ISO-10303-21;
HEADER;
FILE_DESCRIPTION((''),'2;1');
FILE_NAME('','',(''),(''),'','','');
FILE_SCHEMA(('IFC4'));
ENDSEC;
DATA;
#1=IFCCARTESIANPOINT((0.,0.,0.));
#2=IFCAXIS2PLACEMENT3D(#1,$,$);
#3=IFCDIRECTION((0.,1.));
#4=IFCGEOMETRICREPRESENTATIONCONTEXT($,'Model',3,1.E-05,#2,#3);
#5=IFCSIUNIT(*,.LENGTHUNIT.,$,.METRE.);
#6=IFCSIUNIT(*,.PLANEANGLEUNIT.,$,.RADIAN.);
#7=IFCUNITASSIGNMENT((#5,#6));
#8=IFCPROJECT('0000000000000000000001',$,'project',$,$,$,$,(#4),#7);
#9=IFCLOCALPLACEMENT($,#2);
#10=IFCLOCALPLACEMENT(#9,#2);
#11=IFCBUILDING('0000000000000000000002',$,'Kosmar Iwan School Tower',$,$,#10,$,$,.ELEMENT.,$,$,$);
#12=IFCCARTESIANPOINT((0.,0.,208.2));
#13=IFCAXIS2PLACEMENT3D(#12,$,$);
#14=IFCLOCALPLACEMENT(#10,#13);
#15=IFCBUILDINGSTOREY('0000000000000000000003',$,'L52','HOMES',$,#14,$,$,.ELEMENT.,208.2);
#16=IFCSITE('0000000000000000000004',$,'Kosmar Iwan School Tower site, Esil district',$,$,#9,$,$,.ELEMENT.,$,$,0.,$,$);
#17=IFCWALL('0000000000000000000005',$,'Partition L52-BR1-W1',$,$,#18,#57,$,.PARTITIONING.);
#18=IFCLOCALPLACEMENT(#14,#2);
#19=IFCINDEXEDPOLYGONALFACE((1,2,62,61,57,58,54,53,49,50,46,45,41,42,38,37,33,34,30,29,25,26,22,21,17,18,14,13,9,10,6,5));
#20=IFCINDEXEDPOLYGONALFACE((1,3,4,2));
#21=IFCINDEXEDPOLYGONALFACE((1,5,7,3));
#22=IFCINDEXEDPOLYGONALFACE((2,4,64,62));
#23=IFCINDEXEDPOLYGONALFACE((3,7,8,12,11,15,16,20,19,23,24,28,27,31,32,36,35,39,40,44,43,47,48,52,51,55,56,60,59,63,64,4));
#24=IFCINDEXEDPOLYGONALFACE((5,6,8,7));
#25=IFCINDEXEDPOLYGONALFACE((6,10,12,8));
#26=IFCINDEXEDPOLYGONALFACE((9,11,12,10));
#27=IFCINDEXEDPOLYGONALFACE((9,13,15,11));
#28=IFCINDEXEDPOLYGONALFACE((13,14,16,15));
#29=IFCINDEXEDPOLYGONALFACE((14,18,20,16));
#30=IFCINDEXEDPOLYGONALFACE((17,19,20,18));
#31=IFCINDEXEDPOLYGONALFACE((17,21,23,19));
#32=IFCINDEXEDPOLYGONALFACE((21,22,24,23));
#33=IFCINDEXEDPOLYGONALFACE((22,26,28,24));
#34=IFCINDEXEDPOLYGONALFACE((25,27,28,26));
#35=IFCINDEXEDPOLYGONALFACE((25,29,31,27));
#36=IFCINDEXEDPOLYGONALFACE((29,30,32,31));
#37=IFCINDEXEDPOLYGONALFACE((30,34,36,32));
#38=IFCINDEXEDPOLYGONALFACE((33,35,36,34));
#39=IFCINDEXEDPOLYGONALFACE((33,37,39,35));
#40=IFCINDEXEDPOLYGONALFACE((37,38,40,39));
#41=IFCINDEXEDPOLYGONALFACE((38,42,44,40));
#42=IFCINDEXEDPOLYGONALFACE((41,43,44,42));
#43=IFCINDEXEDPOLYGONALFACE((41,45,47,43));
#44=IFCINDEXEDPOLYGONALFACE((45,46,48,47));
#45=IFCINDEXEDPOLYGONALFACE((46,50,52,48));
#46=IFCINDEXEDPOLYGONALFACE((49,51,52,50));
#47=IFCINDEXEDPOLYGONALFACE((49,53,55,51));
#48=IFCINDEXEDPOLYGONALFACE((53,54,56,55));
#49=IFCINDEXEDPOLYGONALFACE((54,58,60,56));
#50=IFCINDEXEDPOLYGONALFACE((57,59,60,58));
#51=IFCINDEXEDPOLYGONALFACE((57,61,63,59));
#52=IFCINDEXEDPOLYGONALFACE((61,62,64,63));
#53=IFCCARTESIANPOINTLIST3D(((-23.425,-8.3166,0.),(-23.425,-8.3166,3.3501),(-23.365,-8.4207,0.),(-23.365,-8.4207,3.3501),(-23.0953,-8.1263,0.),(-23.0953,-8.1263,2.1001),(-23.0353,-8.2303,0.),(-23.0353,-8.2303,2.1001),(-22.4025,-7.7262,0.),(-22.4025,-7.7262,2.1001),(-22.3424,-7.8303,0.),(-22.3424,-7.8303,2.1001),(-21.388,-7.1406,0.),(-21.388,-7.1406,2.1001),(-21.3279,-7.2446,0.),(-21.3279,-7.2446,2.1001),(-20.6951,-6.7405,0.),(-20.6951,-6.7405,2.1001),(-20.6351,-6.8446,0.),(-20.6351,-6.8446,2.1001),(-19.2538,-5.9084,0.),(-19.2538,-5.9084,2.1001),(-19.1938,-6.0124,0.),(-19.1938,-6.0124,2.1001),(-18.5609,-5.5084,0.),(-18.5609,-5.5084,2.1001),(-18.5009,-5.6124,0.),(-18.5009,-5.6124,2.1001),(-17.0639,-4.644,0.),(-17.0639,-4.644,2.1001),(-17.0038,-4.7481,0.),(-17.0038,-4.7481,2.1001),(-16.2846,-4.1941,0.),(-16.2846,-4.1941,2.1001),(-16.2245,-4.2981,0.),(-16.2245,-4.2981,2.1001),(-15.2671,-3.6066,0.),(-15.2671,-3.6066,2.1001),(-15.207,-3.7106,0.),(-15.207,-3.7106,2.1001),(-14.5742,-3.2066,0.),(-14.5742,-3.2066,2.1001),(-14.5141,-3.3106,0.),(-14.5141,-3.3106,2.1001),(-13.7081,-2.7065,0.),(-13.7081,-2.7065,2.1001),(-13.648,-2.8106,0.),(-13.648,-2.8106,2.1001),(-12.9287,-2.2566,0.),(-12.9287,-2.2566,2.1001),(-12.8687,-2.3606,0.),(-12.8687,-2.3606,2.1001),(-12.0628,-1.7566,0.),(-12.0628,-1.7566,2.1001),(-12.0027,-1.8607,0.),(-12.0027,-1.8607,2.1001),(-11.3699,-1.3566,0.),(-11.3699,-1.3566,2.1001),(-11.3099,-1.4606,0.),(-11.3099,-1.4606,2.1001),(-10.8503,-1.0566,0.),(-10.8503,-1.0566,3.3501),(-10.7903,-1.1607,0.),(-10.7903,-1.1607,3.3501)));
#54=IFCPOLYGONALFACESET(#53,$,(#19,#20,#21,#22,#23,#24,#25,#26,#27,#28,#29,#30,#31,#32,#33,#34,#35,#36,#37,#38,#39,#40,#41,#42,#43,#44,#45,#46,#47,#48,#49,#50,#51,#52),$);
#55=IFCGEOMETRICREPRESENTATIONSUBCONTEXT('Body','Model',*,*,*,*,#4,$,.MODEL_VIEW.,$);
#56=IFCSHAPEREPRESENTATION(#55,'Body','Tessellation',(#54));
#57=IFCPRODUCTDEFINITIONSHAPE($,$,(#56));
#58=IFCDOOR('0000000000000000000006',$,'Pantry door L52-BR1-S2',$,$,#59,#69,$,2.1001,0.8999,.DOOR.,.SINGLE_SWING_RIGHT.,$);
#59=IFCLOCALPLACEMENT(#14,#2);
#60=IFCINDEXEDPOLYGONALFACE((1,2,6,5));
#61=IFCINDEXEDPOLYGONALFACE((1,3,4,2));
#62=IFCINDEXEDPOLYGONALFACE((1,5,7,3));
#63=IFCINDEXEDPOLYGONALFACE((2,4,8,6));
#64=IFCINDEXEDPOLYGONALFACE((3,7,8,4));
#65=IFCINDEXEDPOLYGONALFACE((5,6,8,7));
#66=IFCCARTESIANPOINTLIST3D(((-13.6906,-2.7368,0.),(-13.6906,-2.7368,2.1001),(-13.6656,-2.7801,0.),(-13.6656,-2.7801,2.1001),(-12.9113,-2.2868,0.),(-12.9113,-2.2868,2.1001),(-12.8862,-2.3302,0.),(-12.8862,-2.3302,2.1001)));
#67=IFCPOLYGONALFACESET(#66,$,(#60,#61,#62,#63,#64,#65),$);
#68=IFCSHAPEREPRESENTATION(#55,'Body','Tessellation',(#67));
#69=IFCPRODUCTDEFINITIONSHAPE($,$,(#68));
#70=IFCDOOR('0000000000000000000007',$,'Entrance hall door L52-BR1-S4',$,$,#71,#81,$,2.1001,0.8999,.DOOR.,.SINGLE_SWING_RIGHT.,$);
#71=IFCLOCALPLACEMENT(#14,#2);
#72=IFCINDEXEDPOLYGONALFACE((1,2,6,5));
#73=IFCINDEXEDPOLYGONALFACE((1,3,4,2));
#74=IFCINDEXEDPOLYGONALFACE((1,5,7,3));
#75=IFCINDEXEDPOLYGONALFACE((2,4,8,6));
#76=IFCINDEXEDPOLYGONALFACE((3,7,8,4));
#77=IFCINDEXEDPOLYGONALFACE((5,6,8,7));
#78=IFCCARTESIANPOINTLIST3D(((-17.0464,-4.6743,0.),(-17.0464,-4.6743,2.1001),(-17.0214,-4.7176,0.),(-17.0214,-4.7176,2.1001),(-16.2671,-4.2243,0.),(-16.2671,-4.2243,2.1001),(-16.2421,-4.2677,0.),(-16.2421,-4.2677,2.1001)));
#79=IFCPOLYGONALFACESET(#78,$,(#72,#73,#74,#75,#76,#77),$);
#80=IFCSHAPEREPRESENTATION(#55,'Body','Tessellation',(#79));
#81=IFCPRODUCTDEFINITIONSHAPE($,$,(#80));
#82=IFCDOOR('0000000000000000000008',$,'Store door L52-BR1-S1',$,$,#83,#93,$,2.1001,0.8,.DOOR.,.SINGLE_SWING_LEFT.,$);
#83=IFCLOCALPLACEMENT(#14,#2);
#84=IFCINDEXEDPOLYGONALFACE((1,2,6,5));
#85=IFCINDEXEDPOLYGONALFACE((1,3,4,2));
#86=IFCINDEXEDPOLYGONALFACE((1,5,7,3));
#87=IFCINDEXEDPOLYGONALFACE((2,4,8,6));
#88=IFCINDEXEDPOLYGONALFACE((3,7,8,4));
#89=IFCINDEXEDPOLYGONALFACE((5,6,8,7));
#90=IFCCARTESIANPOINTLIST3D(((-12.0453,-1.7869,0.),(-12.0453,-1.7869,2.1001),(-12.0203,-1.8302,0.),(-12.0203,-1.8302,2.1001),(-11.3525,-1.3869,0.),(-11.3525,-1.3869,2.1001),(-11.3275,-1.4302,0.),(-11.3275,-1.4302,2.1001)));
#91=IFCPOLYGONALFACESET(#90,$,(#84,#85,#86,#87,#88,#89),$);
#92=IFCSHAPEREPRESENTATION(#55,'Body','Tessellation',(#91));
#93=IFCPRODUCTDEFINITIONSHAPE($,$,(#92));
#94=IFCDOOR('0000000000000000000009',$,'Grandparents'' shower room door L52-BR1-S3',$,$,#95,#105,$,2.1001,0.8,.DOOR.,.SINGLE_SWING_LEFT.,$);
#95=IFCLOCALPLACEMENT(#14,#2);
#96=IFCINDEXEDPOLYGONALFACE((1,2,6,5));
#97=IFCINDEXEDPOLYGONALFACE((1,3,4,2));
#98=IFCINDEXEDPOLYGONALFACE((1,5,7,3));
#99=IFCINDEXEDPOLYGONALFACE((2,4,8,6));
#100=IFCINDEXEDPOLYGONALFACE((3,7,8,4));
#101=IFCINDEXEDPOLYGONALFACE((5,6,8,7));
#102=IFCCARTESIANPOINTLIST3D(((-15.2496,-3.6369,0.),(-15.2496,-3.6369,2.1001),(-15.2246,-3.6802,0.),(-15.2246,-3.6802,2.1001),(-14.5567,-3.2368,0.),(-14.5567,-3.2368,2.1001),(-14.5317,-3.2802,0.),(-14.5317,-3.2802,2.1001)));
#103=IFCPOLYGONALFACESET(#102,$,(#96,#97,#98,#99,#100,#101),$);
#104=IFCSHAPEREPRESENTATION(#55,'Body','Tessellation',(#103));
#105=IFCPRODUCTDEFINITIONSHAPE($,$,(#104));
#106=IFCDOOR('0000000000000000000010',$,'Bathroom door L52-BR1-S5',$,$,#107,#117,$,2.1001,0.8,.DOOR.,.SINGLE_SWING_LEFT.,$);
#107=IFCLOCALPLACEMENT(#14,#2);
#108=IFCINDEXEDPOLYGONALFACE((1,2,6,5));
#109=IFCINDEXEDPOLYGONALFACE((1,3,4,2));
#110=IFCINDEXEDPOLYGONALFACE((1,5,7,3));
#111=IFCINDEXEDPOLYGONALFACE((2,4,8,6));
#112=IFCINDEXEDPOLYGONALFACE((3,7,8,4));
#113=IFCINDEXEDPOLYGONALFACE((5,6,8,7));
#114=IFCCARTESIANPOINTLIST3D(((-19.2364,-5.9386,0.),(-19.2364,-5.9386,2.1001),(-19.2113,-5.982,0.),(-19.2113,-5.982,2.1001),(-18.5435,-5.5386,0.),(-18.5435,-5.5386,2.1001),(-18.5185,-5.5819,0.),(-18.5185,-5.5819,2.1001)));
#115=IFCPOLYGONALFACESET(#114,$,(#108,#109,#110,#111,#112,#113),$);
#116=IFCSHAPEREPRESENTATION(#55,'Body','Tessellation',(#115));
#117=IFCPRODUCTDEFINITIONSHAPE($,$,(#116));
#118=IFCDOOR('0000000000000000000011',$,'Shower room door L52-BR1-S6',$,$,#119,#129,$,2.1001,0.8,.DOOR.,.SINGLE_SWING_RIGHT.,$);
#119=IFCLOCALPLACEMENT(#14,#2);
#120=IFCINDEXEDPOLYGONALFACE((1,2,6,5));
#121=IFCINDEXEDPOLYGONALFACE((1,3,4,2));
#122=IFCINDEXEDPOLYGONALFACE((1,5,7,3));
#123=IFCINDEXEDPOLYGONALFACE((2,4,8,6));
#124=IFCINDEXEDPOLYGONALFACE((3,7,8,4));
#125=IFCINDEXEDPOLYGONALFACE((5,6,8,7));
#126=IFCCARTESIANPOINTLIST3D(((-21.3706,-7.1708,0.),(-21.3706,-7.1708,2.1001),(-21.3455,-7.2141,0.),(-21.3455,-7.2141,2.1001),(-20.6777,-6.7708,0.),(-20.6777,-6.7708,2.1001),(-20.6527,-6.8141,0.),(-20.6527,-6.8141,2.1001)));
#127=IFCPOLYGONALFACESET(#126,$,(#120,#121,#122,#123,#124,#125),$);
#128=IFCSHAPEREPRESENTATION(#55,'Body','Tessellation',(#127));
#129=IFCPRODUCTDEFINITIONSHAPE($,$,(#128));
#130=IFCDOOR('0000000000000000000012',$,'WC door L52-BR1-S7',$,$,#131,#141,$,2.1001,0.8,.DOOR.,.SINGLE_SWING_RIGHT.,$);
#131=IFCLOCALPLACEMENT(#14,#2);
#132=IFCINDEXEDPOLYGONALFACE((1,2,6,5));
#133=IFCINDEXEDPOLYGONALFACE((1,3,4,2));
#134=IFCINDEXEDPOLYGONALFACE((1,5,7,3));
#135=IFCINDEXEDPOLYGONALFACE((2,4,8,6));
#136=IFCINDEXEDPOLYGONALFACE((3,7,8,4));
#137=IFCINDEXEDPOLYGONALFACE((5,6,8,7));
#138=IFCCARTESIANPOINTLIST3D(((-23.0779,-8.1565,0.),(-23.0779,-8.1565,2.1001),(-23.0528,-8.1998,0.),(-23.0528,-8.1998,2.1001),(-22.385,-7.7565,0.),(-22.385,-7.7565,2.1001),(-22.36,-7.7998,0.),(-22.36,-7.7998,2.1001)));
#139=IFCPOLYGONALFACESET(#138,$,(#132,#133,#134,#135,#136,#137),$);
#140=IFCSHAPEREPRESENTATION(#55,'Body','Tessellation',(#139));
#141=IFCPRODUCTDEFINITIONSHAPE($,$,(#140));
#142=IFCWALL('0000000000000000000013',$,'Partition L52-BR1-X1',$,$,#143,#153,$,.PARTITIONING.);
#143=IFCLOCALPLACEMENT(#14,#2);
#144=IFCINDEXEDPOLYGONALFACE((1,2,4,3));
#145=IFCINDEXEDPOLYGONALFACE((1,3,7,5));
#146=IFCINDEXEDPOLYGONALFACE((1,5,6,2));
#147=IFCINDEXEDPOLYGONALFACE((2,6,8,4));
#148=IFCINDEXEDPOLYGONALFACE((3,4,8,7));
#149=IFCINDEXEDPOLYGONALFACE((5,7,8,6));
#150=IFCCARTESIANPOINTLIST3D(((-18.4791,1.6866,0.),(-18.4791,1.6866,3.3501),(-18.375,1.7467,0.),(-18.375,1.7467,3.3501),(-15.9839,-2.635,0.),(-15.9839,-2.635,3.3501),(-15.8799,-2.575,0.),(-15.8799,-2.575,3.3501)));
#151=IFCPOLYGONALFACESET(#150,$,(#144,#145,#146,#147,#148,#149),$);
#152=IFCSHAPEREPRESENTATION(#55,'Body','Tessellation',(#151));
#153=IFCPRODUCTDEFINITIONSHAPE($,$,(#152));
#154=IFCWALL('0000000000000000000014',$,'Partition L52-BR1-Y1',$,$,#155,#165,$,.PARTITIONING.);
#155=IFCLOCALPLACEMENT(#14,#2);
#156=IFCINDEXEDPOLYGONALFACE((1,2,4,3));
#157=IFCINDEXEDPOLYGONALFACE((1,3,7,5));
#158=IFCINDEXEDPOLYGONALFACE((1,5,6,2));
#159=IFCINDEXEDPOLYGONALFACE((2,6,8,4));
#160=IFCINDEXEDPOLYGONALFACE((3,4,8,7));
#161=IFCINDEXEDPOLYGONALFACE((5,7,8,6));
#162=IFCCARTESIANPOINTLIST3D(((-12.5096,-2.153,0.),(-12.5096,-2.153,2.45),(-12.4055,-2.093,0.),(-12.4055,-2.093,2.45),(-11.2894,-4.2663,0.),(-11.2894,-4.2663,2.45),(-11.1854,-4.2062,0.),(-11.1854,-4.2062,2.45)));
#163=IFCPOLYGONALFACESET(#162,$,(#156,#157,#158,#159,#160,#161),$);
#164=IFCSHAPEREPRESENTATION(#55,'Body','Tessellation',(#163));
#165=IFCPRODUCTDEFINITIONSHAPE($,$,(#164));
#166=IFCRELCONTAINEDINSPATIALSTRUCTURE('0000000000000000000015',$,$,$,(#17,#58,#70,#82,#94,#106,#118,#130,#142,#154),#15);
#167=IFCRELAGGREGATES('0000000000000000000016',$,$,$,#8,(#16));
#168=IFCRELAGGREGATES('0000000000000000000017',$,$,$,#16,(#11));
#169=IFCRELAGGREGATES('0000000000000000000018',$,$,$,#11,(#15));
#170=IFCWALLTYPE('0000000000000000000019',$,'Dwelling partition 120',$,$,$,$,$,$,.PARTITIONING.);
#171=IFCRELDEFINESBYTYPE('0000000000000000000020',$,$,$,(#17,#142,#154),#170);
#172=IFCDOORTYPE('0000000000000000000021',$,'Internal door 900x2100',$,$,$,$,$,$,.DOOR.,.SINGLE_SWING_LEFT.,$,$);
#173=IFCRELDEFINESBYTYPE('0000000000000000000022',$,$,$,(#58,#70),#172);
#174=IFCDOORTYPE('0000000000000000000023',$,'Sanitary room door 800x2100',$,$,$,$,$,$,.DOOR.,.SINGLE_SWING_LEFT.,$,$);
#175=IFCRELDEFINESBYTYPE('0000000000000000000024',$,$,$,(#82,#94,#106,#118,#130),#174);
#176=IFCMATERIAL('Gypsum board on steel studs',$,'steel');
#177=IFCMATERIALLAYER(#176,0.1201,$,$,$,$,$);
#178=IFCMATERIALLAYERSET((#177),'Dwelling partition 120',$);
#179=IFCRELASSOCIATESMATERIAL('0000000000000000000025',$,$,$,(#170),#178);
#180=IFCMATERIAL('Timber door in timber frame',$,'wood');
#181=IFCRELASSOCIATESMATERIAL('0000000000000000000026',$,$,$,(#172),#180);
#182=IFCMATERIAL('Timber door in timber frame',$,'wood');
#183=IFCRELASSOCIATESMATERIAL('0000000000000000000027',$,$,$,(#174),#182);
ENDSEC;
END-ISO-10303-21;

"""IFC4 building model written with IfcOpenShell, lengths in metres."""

from ifc_helpers import new_model, si_unit, direction, frame, frame_2d, origin, place, context, subcontext, project, spatial, rectangle, extrude, material, layer, layer_set, type_object, element, fill, save


model = new_model("IFC4")

# Units and contexts
model_context = context("Model", 3, precision=1e-05, world=origin(), true_north=direction((0.0, 1.0)))
body_context = subcontext(model_context, "Body", "Model", "MODEL_VIEW")
ifc_project = project(units=[si_unit("LENGTHUNIT", "METRE"), si_unit("PLANEANGLEUNIT", "RADIAN")], contexts=[model_context])

# Site, building, storey
site_placement = place(None, origin())
site = spatial("IfcSite", under=ifc_project, at=site_placement, Name="Kosmar Iwan School Tower site, Esil district", CompositionType="ELEMENT", RefElevation=0.0)
building_placement = place(site_placement, origin())
building = spatial("IfcBuilding", under=site, at=building_placement, Name="Kosmar Iwan School Tower", CompositionType="ELEMENT")
storey_placement = place(building_placement, frame((0.0, 0.0, 208.2)))
storey = spatial("IfcBuildingStorey", under=building, at=storey_placement, Name="L52", Description="HOMES", CompositionType="ELEMENT", Elevation=208.2)

# Shared definitions
ifc_material_1 = material(Name="Gypsum board on steel studs", Category="steel")
ifc_layer_1 = layer(ifc_material_1, 0.1201)
ifc_layer_set_1 = layer_set([ifc_layer_1], Name="Dwelling partition 120")
wall_type_1 = type_object("IfcWallType", Name="Dwelling partition 120", PredefinedType="PARTITIONING", material=ifc_layer_set_1)

# Wall, openings, doors
wall_1_placement = place(storey_placement, frame((-10.8203, -1.1086, 0.0), z_axis=(0.0, 0.0, 1.0), x_axis=(-0.866025, -0.5, 0.0)))
wall_1 = element("IfcWall", 1, at=wall_1_placement, inside=storey, type_object=wall_type_1, Name="Partition L52-BR1-W1", PredefinedType="PARTITIONING", context=body_context, shape_type="SweptSolid", body=[
    extrude(rectangle(XDim=14.52, YDim=0.1201, at=frame_2d((7.26, 0.0))), origin(), (0.0, 0.0, 1.0), 3.3501),
])
opening_1_placement = place(wall_1_placement, frame((0.6001, 0.0, 0.0)))
opening_1 = element("IfcOpeningElement", 2, at=opening_1_placement, cuts=wall_1, PredefinedType="OPENING", context=body_context, shape_type="SweptSolid", body=[
    extrude(rectangle(XDim=0.8, YDim=2.1001, at=frame_2d((0.3999, 1.05))), frame((0.0, 0.072, 0.0), z_axis=(0.0, -1.0, 0.0), x_axis=(1.0, 0.0, 0.0)), (0.0, 0.0, 1.0), 0.144),
])
opening_2_placement = place(wall_1_placement, frame((2.3999, 0.0, 0.0)))
opening_2 = element("IfcOpeningElement", 3, at=opening_2_placement, cuts=wall_1, PredefinedType="OPENING", context=body_context, shape_type="SweptSolid", body=[
    extrude(rectangle(XDim=0.8999, YDim=2.1001, at=frame_2d((0.45, 1.05))), frame((0.0, 0.072, 0.0), z_axis=(0.0, -1.0, 0.0), x_axis=(1.0, 0.0, 0.0)), (0.0, 0.0, 1.0), 0.144),
])
opening_3_placement = place(wall_1_placement, frame((4.3, 0.0, 0.0)))
opening_3 = element("IfcOpeningElement", 4, at=opening_3_placement, cuts=wall_1, PredefinedType="OPENING", context=body_context, shape_type="SweptSolid", body=[
    extrude(rectangle(XDim=0.8, YDim=2.1001, at=frame_2d((0.3999, 1.05))), frame((0.0, 0.072, 0.0), z_axis=(0.0, -1.0, 0.0), x_axis=(1.0, 0.0, 0.0)), (0.0, 0.0, 1.0), 0.144),
])
opening_4_placement = place(wall_1_placement, frame((6.2749, 0.0, 0.0)))
opening_4 = element("IfcOpeningElement", 5, at=opening_4_placement, cuts=wall_1, PredefinedType="OPENING", context=body_context, shape_type="SweptSolid", body=[
    extrude(rectangle(XDim=0.8999, YDim=2.1001, at=frame_2d((0.45, 1.05))), frame((0.0, 0.072, 0.0), z_axis=(0.0, -1.0, 0.0), x_axis=(1.0, 0.0, 0.0)), (0.0, 0.0, 1.0), 0.144),
])
opening_5_placement = place(wall_1_placement, frame((8.9036, 0.0, 0.0)))
opening_5 = element("IfcOpeningElement", 6, at=opening_5_placement, cuts=wall_1, PredefinedType="OPENING", context=body_context, shape_type="SweptSolid", body=[
    extrude(rectangle(XDim=0.8, YDim=2.1001, at=frame_2d((0.3999, 1.05))), frame((0.0, 0.072, 0.0), z_axis=(0.0, -1.0, 0.0), x_axis=(1.0, 0.0, 0.0)), (0.0, 0.0, 1.0), 0.144),
])
opening_6_placement = place(wall_1_placement, frame((11.3679, 0.0, 0.0)))
opening_6 = element("IfcOpeningElement", 7, at=opening_6_placement, cuts=wall_1, PredefinedType="OPENING", context=body_context, shape_type="SweptSolid", body=[
    extrude(rectangle(XDim=0.8, YDim=2.1001, at=frame_2d((0.3999, 1.05))), frame((0.0, 0.072, 0.0), z_axis=(0.0, -1.0, 0.0), x_axis=(1.0, 0.0, 0.0)), (0.0, 0.0, 1.0), 0.144),
])
opening_7_placement = place(wall_1_placement, frame((13.3394, 0.0, 0.0)))
opening_7 = element("IfcOpeningElement", 8, at=opening_7_placement, cuts=wall_1, PredefinedType="OPENING", context=body_context, shape_type="SweptSolid", body=[
    extrude(rectangle(XDim=0.8, YDim=2.1001, at=frame_2d((0.3999, 1.05))), frame((0.0, 0.072, 0.0), z_axis=(0.0, -1.0, 0.0), x_axis=(1.0, 0.0, 0.0)), (0.0, 0.0, 1.0), 0.144),
])
ifc_material_2 = material(Name="Timber door in timber frame", Category="wood")
door_type_1 = type_object("IfcDoorType", Name="Internal door 900x2100", OperationType="SINGLE_SWING_LEFT", PredefinedType="DOOR", material=ifc_material_2)
door_1_placement = place(opening_2_placement, origin())
door_1 = element("IfcDoor", 9, at=door_1_placement, inside=storey, type_object=door_type_1, Name="Pantry door L52-BR1-S2", OperationType="SINGLE_SWING_RIGHT", OverallHeight=2.1001, OverallWidth=0.8999, PredefinedType="DOOR", context=body_context, shape_type="SweptSolid", body=[
    extrude(rectangle(XDim=0.8999, YDim=2.1001, at=frame_2d((0.45, 1.05))), frame((0.0, 0.0249, 0.0), z_axis=(0.0, -1.0, 0.0), x_axis=(1.0, 0.0, 0.0)), (0.0, 0.0, 1.0), 0.05),
])
fill(opening_2, door_1)
door_2_placement = place(opening_4_placement, origin())
door_2 = element("IfcDoor", 10, at=door_2_placement, inside=storey, type_object=door_type_1, Name="Entrance hall door L52-BR1-S4", OperationType="SINGLE_SWING_RIGHT", OverallHeight=2.1001, OverallWidth=0.8999, PredefinedType="DOOR", context=body_context, shape_type="SweptSolid", body=[
    extrude(rectangle(XDim=0.8999, YDim=2.1001, at=frame_2d((0.45, 1.05))), frame((0.0, 0.0249, 0.0), z_axis=(0.0, -1.0, 0.0), x_axis=(1.0, 0.0, 0.0)), (0.0, 0.0, 1.0), 0.05),
])
fill(opening_4, door_2)
ifc_material_3 = material(Name="Timber door in timber frame", Category="wood")
door_type_2 = type_object("IfcDoorType", Name="Sanitary room door 800x2100", OperationType="SINGLE_SWING_LEFT", PredefinedType="DOOR", material=ifc_material_3)
door_3_placement = place(opening_1_placement, origin())
door_3 = element("IfcDoor", 11, at=door_3_placement, inside=storey, type_object=door_type_2, Name="Store door L52-BR1-S1", OperationType="SINGLE_SWING_LEFT", OverallHeight=2.1001, OverallWidth=0.8, PredefinedType="DOOR", context=body_context, shape_type="SweptSolid", body=[
    extrude(rectangle(XDim=0.8, YDim=2.1001, at=frame_2d((0.3999, 1.05))), frame((0.0, 0.0249, 0.0), z_axis=(0.0, -1.0, 0.0), x_axis=(1.0, 0.0, 0.0)), (0.0, 0.0, 1.0), 0.05),
])
fill(opening_1, door_3)
door_4_placement = place(opening_3_placement, origin())
door_4 = element("IfcDoor", 12, at=door_4_placement, inside=storey, type_object=door_type_2, Name="Grandparents' shower room door L52-BR1-S3", OperationType="SINGLE_SWING_LEFT", OverallHeight=2.1001, OverallWidth=0.8, PredefinedType="DOOR", context=body_context, shape_type="SweptSolid", body=[
    extrude(rectangle(XDim=0.8, YDim=2.1001, at=frame_2d((0.3999, 1.05))), frame((0.0, 0.0249, 0.0), z_axis=(0.0, -1.0, 0.0), x_axis=(1.0, 0.0, 0.0)), (0.0, 0.0, 1.0), 0.05),
])
fill(opening_3, door_4)
door_5_placement = place(opening_5_placement, origin())
door_5 = element("IfcDoor", 13, at=door_5_placement, inside=storey, type_object=door_type_2, Name="Bathroom door L52-BR1-S5", OperationType="SINGLE_SWING_LEFT", OverallHeight=2.1001, OverallWidth=0.8, PredefinedType="DOOR", context=body_context, shape_type="SweptSolid", body=[
    extrude(rectangle(XDim=0.8, YDim=2.1001, at=frame_2d((0.3999, 1.05))), frame((0.0, 0.0249, 0.0), z_axis=(0.0, -1.0, 0.0), x_axis=(1.0, 0.0, 0.0)), (0.0, 0.0, 1.0), 0.05),
])
fill(opening_5, door_5)
door_6_placement = place(opening_6_placement, origin())
door_6 = element("IfcDoor", 14, at=door_6_placement, inside=storey, type_object=door_type_2, Name="Shower room door L52-BR1-S6", OperationType="SINGLE_SWING_RIGHT", OverallHeight=2.1001, OverallWidth=0.8, PredefinedType="DOOR", context=body_context, shape_type="SweptSolid", body=[
    extrude(rectangle(XDim=0.8, YDim=2.1001, at=frame_2d((0.3999, 1.05))), frame((0.0, 0.0249, 0.0), z_axis=(0.0, -1.0, 0.0), x_axis=(1.0, 0.0, 0.0)), (0.0, 0.0, 1.0), 0.05),
])
fill(opening_6, door_6)
door_7_placement = place(opening_7_placement, origin())
door_7 = element("IfcDoor", 15, at=door_7_placement, inside=storey, type_object=door_type_2, Name="WC door L52-BR1-S7", OperationType="SINGLE_SWING_RIGHT", OverallHeight=2.1001, OverallWidth=0.8, PredefinedType="DOOR", context=body_context, shape_type="SweptSolid", body=[
    extrude(rectangle(XDim=0.8, YDim=2.1001, at=frame_2d((0.3999, 1.05))), frame((0.0, 0.0249, 0.0), z_axis=(0.0, -1.0, 0.0), x_axis=(1.0, 0.0, 0.0)), (0.0, 0.0, 1.0), 0.05),
])
fill(opening_7, door_7)

# Walls
wall_2_placement = place(storey_placement, frame((-15.9319, -2.605, 0.0), z_axis=(0.0, 0.0, 1.0), x_axis=(-0.500012, 0.866019, 0.0)))
element("IfcWall", 16, at=wall_2_placement, inside=storey, type_object=wall_type_1, Name="Partition L52-BR1-X1", PredefinedType="PARTITIONING", context=body_context, shape_type="SweptSolid", body=[
    extrude(rectangle(XDim=4.9902, YDim=0.1201, at=frame_2d((2.4951, 0.0))), origin(), (0.0, 0.0, 1.0), 3.3501),
])
wall_3_placement = place(storey_placement, frame((-11.2373, -4.2363, 0.0), z_axis=(0.0, 0.0, 1.0), x_axis=(-0.500034, 0.866006, 0.0)))
element("IfcWall", 17, at=wall_3_placement, inside=storey, type_object=wall_type_1, Name="Partition L52-BR1-Y1", PredefinedType="PARTITIONING", context=body_context, shape_type="SweptSolid", body=[
    extrude(rectangle(XDim=2.4402, YDim=0.1201, at=frame_2d((1.2202, 0.0))), origin(), (0.0, 0.0, 1.0), 2.45),
])

save(model, "model.ifc")
